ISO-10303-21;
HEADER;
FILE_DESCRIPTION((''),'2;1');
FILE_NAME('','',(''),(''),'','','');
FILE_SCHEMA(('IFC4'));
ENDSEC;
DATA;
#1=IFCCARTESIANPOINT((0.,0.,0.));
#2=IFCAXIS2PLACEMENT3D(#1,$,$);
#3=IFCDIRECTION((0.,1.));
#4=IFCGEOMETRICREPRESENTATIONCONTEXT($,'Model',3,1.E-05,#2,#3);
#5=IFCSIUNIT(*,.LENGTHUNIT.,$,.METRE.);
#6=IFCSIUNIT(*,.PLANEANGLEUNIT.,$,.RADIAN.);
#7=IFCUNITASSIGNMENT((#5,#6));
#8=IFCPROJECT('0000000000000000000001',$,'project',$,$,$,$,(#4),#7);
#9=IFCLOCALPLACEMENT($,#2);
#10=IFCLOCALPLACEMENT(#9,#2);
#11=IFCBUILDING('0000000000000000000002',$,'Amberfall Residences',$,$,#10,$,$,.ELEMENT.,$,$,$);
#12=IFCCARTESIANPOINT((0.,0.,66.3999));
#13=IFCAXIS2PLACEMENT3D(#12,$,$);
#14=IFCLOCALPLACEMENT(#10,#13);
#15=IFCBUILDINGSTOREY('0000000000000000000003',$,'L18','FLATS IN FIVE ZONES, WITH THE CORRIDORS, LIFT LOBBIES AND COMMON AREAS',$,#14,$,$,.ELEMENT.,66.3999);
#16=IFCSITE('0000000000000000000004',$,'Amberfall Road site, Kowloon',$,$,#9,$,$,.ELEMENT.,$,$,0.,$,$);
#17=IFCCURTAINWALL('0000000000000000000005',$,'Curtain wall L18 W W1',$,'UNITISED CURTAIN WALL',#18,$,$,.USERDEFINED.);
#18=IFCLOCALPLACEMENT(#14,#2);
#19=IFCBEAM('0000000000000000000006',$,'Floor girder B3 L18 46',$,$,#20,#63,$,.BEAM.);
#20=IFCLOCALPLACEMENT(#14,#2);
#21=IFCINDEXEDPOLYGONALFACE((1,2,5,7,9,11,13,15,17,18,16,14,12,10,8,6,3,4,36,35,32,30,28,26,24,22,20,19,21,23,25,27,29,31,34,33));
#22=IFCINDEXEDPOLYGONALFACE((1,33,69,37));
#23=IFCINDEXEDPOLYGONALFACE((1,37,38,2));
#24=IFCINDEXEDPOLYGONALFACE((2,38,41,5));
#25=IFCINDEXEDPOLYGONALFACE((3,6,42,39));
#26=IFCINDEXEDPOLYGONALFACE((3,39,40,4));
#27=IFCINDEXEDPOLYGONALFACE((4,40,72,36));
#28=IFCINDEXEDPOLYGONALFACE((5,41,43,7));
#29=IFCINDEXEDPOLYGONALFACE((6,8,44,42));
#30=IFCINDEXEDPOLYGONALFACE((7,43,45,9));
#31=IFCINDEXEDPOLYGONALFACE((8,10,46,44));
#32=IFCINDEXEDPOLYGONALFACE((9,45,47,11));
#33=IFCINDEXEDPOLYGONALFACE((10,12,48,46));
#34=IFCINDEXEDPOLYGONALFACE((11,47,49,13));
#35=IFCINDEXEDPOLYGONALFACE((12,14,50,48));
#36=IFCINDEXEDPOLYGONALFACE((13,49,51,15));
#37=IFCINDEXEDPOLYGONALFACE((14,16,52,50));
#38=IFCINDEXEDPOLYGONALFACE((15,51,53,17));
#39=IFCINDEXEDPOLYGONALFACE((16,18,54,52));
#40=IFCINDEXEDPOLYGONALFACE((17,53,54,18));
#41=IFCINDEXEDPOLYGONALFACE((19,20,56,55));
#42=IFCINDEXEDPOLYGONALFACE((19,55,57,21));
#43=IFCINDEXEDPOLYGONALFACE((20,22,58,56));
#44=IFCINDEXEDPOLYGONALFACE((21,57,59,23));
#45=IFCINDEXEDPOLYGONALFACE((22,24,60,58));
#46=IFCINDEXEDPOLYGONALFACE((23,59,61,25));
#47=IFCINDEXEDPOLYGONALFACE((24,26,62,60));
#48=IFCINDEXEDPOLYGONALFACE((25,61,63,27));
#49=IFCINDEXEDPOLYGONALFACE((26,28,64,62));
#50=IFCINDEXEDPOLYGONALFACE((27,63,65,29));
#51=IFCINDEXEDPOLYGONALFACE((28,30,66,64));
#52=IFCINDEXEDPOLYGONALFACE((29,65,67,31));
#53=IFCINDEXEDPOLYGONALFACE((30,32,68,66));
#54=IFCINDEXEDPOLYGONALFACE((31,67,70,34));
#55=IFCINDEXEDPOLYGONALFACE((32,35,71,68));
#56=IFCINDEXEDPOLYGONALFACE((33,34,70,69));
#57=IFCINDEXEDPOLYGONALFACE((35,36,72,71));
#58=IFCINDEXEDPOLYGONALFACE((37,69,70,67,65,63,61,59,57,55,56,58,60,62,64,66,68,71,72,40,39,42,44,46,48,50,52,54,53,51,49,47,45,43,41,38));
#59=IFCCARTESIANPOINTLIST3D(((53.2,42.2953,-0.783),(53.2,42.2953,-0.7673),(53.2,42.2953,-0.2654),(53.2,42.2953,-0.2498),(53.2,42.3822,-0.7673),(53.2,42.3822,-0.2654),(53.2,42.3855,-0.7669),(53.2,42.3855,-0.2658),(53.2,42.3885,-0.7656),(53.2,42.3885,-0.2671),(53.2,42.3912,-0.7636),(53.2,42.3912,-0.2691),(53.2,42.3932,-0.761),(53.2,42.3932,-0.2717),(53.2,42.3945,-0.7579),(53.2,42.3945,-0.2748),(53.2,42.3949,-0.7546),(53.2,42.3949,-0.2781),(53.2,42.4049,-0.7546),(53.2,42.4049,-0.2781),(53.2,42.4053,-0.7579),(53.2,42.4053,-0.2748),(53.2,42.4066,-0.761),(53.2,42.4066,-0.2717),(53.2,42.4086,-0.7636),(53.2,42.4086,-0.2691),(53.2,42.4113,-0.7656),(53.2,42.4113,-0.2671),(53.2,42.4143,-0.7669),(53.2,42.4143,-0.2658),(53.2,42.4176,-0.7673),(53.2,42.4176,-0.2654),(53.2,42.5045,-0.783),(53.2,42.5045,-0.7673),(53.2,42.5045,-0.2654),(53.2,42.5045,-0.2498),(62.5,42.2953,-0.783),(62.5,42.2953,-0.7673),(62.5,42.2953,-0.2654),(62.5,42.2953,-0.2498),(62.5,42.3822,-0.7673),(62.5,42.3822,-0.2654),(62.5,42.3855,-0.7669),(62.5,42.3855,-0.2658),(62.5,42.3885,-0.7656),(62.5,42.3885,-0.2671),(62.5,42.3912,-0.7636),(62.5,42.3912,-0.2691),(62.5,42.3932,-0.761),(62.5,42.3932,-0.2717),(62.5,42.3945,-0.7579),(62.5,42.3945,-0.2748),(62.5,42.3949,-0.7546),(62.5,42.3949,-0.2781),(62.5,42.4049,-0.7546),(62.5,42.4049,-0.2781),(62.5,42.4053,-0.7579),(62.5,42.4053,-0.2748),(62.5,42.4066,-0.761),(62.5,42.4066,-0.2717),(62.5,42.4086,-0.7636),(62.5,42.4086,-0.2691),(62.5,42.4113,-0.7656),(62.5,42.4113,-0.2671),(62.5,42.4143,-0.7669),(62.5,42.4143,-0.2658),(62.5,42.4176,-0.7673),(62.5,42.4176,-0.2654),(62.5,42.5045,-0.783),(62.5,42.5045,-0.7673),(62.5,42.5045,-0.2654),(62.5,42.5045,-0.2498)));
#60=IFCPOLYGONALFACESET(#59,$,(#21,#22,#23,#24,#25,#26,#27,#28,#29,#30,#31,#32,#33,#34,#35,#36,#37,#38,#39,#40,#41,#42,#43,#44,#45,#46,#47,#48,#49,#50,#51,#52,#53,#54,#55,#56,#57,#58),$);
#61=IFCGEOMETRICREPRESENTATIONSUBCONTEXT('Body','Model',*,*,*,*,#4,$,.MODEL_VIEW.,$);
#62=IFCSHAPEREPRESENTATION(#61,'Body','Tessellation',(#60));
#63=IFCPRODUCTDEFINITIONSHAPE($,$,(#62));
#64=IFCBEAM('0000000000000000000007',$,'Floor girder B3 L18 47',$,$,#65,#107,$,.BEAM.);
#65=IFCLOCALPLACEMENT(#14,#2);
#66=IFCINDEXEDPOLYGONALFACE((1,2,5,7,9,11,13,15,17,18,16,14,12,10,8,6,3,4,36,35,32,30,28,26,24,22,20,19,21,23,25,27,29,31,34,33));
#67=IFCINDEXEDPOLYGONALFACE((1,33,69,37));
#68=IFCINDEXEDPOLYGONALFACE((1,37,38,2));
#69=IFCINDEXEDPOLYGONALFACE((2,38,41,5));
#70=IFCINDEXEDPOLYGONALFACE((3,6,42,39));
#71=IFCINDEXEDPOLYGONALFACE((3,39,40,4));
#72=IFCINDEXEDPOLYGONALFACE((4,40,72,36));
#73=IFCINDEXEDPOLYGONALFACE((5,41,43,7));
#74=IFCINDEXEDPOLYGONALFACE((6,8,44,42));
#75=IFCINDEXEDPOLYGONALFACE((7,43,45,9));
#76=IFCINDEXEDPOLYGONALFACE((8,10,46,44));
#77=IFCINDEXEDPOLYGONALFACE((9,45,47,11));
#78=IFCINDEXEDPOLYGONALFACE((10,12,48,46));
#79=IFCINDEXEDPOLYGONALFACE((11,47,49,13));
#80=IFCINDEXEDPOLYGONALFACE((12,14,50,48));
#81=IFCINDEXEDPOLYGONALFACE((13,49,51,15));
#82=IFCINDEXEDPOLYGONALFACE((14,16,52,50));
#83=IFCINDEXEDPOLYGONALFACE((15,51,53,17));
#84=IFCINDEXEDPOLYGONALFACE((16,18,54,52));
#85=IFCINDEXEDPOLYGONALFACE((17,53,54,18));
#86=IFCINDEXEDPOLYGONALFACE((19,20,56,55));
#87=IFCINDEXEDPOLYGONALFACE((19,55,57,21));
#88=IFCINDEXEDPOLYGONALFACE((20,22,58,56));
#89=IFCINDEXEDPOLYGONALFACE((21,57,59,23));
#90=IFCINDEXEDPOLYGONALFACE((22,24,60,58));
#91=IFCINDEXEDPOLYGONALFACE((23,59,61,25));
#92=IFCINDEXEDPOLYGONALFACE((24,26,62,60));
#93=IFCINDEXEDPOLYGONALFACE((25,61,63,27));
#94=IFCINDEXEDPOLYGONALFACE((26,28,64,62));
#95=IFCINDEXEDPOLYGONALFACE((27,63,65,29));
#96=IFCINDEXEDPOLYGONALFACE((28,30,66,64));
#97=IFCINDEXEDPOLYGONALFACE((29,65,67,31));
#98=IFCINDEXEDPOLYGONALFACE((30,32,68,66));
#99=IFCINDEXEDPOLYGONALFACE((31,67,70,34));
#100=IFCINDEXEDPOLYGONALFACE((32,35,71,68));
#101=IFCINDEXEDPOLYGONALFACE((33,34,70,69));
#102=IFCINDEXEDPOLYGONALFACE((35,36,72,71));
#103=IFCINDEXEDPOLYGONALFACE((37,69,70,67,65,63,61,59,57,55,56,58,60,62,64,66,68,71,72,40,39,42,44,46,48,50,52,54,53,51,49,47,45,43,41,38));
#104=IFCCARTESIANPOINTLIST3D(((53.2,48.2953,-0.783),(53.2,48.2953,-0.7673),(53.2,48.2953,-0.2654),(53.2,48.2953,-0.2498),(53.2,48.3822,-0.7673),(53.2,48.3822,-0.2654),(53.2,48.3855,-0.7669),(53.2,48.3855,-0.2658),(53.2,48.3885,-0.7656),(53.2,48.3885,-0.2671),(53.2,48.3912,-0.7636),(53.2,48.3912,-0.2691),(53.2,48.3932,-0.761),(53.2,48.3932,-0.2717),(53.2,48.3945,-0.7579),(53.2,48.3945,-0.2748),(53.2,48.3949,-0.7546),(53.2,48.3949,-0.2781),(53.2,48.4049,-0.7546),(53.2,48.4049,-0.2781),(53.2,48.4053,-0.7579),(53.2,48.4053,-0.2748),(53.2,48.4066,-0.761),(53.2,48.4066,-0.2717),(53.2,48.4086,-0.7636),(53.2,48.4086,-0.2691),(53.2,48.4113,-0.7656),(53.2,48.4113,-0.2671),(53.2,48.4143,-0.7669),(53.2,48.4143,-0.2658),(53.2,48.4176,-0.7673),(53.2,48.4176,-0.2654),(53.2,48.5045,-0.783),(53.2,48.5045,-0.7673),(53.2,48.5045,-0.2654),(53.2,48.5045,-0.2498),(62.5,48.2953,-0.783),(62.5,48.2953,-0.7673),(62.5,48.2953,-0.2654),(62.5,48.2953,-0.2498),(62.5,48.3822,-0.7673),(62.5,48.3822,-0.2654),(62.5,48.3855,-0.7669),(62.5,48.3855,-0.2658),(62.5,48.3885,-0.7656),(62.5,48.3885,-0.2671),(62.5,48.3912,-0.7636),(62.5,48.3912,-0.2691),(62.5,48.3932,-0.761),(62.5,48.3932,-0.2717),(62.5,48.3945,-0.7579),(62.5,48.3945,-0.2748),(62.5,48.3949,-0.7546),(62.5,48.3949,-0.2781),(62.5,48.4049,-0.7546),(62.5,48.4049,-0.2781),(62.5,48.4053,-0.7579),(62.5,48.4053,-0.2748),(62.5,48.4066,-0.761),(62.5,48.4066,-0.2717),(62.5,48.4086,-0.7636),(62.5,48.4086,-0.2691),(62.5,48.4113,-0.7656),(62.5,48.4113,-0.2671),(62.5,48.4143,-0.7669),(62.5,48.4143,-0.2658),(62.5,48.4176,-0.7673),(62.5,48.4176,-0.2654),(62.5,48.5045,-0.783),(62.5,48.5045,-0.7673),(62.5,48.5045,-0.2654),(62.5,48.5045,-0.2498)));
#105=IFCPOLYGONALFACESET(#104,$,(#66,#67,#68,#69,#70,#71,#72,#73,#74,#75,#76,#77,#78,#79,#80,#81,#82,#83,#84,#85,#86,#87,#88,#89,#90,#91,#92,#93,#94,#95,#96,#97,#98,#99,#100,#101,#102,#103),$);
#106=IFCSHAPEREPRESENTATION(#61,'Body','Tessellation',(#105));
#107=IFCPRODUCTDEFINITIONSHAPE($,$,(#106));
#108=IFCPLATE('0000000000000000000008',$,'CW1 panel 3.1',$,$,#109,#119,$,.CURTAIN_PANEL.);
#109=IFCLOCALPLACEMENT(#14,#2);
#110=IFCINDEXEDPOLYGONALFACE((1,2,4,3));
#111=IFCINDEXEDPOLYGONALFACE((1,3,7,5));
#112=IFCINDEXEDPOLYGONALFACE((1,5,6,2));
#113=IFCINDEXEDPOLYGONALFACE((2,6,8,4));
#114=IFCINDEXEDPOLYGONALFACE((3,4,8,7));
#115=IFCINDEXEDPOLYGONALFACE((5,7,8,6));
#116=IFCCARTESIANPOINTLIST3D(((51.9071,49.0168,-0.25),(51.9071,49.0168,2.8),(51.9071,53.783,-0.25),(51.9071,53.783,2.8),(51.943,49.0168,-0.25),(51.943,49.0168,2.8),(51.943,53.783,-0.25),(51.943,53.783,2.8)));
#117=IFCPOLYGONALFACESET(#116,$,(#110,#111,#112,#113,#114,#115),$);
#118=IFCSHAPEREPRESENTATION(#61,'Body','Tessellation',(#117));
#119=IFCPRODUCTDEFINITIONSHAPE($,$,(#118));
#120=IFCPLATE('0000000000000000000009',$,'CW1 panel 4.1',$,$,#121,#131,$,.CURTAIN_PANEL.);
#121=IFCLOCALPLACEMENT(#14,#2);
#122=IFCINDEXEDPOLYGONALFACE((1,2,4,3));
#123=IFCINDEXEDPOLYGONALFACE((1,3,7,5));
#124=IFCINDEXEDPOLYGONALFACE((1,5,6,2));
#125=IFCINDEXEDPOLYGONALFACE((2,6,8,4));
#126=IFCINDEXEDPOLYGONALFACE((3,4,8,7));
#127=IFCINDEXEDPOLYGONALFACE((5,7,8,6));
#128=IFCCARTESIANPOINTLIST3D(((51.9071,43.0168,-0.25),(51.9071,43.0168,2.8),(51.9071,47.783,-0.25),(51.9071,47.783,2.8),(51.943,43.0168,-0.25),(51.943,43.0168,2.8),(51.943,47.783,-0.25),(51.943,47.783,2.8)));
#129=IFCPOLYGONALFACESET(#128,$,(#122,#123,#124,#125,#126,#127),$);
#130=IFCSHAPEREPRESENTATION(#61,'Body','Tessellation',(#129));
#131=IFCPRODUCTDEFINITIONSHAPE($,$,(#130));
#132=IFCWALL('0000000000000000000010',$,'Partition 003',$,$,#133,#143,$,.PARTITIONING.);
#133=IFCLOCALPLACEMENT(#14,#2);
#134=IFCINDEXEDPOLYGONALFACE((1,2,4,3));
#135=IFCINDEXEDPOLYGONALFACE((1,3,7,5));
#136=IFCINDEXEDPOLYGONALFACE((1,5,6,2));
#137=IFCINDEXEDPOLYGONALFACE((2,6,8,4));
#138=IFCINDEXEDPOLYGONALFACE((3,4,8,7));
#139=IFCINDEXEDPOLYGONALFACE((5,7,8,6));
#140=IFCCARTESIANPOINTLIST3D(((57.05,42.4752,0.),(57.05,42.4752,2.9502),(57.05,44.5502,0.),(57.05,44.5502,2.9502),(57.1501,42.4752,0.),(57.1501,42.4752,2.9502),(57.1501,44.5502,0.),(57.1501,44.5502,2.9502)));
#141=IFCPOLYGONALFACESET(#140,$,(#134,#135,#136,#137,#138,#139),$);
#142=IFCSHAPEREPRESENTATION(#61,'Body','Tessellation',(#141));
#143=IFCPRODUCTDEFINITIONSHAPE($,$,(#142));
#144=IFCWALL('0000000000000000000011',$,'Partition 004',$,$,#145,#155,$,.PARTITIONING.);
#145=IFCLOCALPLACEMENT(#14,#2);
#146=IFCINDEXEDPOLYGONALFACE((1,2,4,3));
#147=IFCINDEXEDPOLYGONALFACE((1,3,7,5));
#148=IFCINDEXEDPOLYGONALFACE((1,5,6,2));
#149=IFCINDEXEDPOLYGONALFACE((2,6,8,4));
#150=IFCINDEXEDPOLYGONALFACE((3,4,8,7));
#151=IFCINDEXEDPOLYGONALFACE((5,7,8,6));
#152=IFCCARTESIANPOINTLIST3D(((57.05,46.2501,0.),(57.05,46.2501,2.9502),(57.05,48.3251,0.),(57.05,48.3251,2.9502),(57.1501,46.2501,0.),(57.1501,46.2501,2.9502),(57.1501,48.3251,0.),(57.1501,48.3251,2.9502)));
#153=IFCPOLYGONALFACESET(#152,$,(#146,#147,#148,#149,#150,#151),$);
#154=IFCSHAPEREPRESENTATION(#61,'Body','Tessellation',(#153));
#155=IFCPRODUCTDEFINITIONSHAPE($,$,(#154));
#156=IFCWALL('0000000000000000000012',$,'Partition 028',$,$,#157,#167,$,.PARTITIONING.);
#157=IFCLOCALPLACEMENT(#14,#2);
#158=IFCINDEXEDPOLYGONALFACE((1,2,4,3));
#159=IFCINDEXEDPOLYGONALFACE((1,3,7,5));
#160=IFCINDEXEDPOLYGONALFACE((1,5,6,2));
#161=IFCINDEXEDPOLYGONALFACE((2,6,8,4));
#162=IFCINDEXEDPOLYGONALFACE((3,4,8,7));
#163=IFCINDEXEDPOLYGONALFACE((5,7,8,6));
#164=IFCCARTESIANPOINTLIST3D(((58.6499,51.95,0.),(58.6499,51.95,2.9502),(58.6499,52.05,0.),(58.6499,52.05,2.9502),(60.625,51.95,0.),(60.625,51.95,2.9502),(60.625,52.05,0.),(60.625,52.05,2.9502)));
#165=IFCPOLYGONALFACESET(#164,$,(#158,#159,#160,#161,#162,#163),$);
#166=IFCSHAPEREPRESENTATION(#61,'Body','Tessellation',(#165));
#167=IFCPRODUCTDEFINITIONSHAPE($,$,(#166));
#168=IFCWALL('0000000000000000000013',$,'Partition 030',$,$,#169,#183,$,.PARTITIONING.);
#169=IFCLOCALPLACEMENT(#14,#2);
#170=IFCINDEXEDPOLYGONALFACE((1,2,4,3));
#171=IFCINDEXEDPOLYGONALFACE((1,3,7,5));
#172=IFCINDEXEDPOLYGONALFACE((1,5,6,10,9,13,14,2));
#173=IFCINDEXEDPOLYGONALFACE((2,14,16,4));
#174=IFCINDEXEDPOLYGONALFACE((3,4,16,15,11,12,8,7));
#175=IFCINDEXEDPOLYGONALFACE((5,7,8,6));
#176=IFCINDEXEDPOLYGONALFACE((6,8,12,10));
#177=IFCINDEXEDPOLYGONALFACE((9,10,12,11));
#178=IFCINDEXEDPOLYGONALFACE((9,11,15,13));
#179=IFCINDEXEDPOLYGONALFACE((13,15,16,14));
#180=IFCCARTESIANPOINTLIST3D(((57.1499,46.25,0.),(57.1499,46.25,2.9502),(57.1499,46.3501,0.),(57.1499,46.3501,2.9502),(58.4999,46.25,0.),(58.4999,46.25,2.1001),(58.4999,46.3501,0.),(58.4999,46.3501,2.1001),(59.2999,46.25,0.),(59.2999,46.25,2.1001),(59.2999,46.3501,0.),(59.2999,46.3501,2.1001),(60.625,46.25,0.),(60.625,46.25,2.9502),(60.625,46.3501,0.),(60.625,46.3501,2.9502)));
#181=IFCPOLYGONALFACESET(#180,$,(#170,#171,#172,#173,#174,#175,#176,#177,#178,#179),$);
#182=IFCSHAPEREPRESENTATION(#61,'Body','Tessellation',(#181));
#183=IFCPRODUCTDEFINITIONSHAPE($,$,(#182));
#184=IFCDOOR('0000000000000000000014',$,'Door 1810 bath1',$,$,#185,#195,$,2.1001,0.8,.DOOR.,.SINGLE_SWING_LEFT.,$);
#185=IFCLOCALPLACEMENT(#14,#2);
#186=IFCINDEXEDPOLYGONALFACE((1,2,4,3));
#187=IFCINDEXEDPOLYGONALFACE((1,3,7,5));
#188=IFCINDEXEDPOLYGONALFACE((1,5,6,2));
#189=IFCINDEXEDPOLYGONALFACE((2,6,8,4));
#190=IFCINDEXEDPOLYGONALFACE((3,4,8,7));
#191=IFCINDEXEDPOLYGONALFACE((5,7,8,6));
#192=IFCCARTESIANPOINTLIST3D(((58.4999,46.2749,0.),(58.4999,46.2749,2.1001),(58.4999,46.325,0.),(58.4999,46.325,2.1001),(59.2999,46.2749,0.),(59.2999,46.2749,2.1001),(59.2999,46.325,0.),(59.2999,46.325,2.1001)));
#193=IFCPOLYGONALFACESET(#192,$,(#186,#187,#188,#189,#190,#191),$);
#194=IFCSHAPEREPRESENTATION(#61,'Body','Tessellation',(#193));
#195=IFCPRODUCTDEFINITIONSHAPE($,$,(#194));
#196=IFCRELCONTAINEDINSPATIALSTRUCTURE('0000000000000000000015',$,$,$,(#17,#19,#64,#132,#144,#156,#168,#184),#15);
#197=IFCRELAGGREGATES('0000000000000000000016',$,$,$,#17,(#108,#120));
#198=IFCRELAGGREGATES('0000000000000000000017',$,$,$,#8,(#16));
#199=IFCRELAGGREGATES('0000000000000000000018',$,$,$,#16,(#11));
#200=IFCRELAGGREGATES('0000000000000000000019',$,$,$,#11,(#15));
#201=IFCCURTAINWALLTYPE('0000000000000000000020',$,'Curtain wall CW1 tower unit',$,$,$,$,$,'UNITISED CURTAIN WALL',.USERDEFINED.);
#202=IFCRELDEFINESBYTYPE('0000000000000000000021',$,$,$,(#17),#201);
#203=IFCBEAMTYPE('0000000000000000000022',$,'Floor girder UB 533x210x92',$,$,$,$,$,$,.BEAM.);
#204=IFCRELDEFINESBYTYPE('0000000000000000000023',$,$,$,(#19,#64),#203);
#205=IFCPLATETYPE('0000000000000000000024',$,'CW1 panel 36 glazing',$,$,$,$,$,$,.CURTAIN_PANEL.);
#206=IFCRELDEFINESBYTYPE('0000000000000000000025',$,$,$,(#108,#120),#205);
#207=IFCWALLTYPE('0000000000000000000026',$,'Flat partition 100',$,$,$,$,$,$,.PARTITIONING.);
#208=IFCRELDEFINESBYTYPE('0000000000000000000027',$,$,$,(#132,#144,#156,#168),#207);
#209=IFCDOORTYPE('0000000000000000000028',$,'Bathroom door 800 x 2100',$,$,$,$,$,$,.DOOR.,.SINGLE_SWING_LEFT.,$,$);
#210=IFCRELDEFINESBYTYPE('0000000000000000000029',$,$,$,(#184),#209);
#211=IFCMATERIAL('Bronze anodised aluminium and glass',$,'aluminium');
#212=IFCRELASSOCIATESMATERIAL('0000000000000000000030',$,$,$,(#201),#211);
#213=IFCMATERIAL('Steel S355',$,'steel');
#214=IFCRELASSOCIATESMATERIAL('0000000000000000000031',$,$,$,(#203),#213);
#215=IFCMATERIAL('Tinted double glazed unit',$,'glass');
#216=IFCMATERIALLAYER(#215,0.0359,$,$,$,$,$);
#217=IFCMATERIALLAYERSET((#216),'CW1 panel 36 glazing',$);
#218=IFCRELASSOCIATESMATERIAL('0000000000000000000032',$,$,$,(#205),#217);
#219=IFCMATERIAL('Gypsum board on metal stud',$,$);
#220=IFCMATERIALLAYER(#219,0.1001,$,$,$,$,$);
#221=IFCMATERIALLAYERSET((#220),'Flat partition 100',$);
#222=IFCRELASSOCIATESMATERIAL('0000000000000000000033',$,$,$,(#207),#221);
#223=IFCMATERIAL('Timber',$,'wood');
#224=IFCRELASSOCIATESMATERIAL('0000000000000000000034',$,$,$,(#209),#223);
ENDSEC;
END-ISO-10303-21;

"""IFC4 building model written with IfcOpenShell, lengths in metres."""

from ifc_helpers import new_model, si_unit, direction, frame, frame_2d, origin, origin_2d, place, context, subcontext, project, spatial, rectangle, i_section, extrude, material, layer, layer_set, material_profile, profile_set, type_object, element, fill, aggregate, save


model = new_model("IFC4")

# Units and contexts
model_context = context("Model", 3, precision=1e-05, world=origin(), true_north=direction((0.0, 1.0)))
body_context = subcontext(model_context, "Body", "Model", "MODEL_VIEW")
ifc_project = project(units=[si_unit("LENGTHUNIT", "METRE"), si_unit("PLANEANGLEUNIT", "RADIAN")], contexts=[model_context])

# Site, building, storey
site_placement = place(None, origin())
site = spatial("IfcSite", under=ifc_project, at=site_placement, Name="Amberfall Road site, Kowloon", CompositionType="ELEMENT", RefElevation=0.0)
building_placement = place(site_placement, origin())
building = spatial("IfcBuilding", under=site, at=building_placement, Name="Amberfall Residences", CompositionType="ELEMENT")
storey_placement = place(building_placement, frame((0.0, 0.0, 66.3999)))
storey = spatial("IfcBuildingStorey", under=building, at=storey_placement, Name="L18", Description="FLATS IN FIVE ZONES, WITH THE CORRIDORS, LIFT LOBBIES AND COMMON AREAS", CompositionType="ELEMENT", Elevation=66.3999)

# Curtain wall
ifc_material_1 = material(Name="Bronze anodised aluminium and glass", Category="aluminium")
curtain_wall_type = type_object("IfcCurtainWallType", Name="Curtain wall CW1 tower unit", ElementType="UNITISED CURTAIN WALL", PredefinedType="USERDEFINED", material=ifc_material_1)
curtain_wall_placement = place(storey_placement, origin())
curtain_wall = element("IfcCurtainWall", 1, at=curtain_wall_placement, inside=storey, type_object=curtain_wall_type, Name="Curtain wall L18 W W1", ObjectType="UNITISED CURTAIN WALL", PredefinedType="USERDEFINED")

# Shared definitions
ifc_material_2 = material(Name="Steel S355", Category="steel")

# Beams
ifc_material_profile_1 = material_profile(ifc_material_2, i_section(OverallWidth=0.2092, OverallDepth=0.5332, WebThickness=0.01, FlangeThickness=0.0156, FilletRadius=0.0127, at=origin_2d()), Name="UB 533x210x92")
ifc_profile_set_1 = profile_set([ifc_material_profile_1], Name="Steel S355")
beam_type_1 = type_object("IfcBeamType", Name="Floor girder UB 533x210x92", PredefinedType="BEAM", material=ifc_profile_set_1)
for number, where, z_axis, x_axis, name in (
    (2, (53.2, 42.3999, -0.5164), (1.0, 0.0, 0.0), (0.0, 1.0, 0.0), "Floor girder B3 L18 46"),
    (3, (53.2, 48.3999, -0.5164), (1.0, 0.0, 0.0), (0.0, 1.0, 0.0), "Floor girder B3 L18 47"),
):
    element("IfcBeam", number, at=place(storey_placement, frame(where, z_axis=z_axis, x_axis=x_axis)), inside=storey, type_object=beam_type_1, Name=name, PredefinedType="BEAM", context=body_context, shape_type="SweptSolid", body=[
        extrude(i_section(OverallWidth=0.2092, OverallDepth=0.5332, WebThickness=0.01, FlangeThickness=0.0156, FilletRadius=0.0127, at=origin_2d()), origin(), (0.0, 0.0, 1.0), 9.3),
    ])

# Plates
ifc_material_3 = material(Name="Tinted double glazed unit", Category="glass")
ifc_layer_1 = layer(ifc_material_3, 0.0359)
ifc_layer_set_1 = layer_set([ifc_layer_1], Name="CW1 panel 36 glazing")
plate_type = type_object("IfcPlateType", Name="CW1 panel 36 glazing", PredefinedType="CURTAIN_PANEL", material=ifc_layer_set_1)
plate_1_placement = place(storey_placement, frame((51.925, 51.3999, -0.25), z_axis=(0.0, 0.0, 1.0), x_axis=(0.0, -1.0, 0.0)))
plate_1 = element("IfcPlate", 4, at=plate_1_placement, type_object=plate_type, Name="CW1 panel 3.1", PredefinedType="CURTAIN_PANEL", context=body_context, shape_type="SweptSolid", body=[
    extrude(rectangle(XDim=4.7661, YDim=0.0359, at=origin_2d()), origin(), (0.0, 0.0, 1.0), 3.05),
])
plate_2_placement = place(storey_placement, frame((51.925, 45.3999, -0.25), z_axis=(0.0, 0.0, 1.0), x_axis=(0.0, -1.0, 0.0)))
plate_2 = element("IfcPlate", 5, at=plate_2_placement, type_object=plate_type, Name="CW1 panel 4.1", PredefinedType="CURTAIN_PANEL", context=body_context, shape_type="SweptSolid", body=[
    extrude(rectangle(XDim=4.7661, YDim=0.0359, at=origin_2d()), origin(), (0.0, 0.0, 1.0), 3.05),
])
aggregate(curtain_wall, [plate_1, plate_2])

# Walls
ifc_material_4 = material(Name="Gypsum board on metal stud")
ifc_layer_2 = layer(ifc_material_4, 0.1001)
ifc_layer_set_2 = layer_set([ifc_layer_2], Name="Flat partition 100")
wall_type_1 = type_object("IfcWallType", Name="Flat partition 100", PredefinedType="PARTITIONING", material=ifc_layer_set_2)
for number, where, z_axis, x_axis, name in (
    (6, (57.1001, 42.4751, 0.0), (0.0, 0.0, 1.0), (0.0, 1.0, 0.0), "Partition 003"),
    (7, (57.1001, 46.25, 0.0), (0.0, 0.0, 1.0), (0.0, 1.0, 0.0), "Partition 004"),
):
    element("IfcWall", number, at=place(storey_placement, frame(where, z_axis=z_axis, x_axis=x_axis)), inside=storey, type_object=wall_type_1, Name=name, PredefinedType="PARTITIONING", context=body_context, shape_type="SweptSolid", body=[
        extrude(rectangle(XDim=2.075, YDim=0.1001, at=frame_2d((1.0376, 0.0))), origin(), (0.0, 0.0, 1.0), 2.9502),
    ])
wall_1_placement = place(storey_placement, frame((58.6499, 52.0, 0.0), z_axis=(0.0, 0.0, 1.0), x_axis=(1.0, 0.0, 0.0)))
element("IfcWall", 8, at=wall_1_placement, inside=storey, type_object=wall_type_1, Name="Partition 028", PredefinedType="PARTITIONING", context=body_context, shape_type="SweptSolid", body=[
    extrude(rectangle(XDim=1.9751, YDim=0.1001, at=frame_2d((0.9875, 0.0))), origin(), (0.0, 0.0, 1.0), 2.9502),
])

# Wall, opening, door
wall_2_placement = place(storey_placement, frame((57.1499, 46.3, 0.0), z_axis=(0.0, 0.0, 1.0), x_axis=(1.0, 0.0, 0.0)))
wall_2 = element("IfcWall", 9, at=wall_2_placement, inside=storey, type_object=wall_type_1, Name="Partition 030", PredefinedType="PARTITIONING", context=body_context, shape_type="SweptSolid", body=[
    extrude(rectangle(XDim=3.4751, YDim=0.1001, at=frame_2d((1.7375, 0.0))), origin(), (0.0, 0.0, 1.0), 2.9502),
])
opening_placement = place(wall_2_placement, frame((1.3501, 0.0, 0.0)))
opening = element("IfcOpeningElement", 10, at=opening_placement, cuts=wall_2, PredefinedType="OPENING", context=body_context, shape_type="SweptSolid", body=[
    extrude(rectangle(XDim=0.8, YDim=2.1001, at=frame_2d((0.3999, 1.05))), frame((0.0, 0.0601, 0.0), z_axis=(0.0, -1.0, 0.0), x_axis=(1.0, 0.0, 0.0)), (0.0, 0.0, 1.0), 0.1201),
])
ifc_material_5 = material(Name="Timber", Category="wood")
door_type = type_object("IfcDoorType", Name="Bathroom door 800 x 2100", OperationType="SINGLE_SWING_LEFT", PredefinedType="DOOR", material=ifc_material_5)
door_placement = place(opening_placement, origin())
door = element("IfcDoor", 11, at=door_placement, inside=storey, type_object=door_type, Name="Door 1810 bath1", OperationType="SINGLE_SWING_LEFT", OverallHeight=2.1001, OverallWidth=0.8, PredefinedType="DOOR", context=body_context, shape_type="SweptSolid", body=[
    extrude(rectangle(XDim=0.8, YDim=2.1001, at=frame_2d((0.3999, 1.05))), frame((0.0, 0.0249, 0.0), z_axis=(0.0, -1.0, 0.0), x_axis=(1.0, 0.0, 0.0)), (0.0, 0.0, 1.0), 0.05),
])
fill(opening, door)

save(model, "model.ifc")
